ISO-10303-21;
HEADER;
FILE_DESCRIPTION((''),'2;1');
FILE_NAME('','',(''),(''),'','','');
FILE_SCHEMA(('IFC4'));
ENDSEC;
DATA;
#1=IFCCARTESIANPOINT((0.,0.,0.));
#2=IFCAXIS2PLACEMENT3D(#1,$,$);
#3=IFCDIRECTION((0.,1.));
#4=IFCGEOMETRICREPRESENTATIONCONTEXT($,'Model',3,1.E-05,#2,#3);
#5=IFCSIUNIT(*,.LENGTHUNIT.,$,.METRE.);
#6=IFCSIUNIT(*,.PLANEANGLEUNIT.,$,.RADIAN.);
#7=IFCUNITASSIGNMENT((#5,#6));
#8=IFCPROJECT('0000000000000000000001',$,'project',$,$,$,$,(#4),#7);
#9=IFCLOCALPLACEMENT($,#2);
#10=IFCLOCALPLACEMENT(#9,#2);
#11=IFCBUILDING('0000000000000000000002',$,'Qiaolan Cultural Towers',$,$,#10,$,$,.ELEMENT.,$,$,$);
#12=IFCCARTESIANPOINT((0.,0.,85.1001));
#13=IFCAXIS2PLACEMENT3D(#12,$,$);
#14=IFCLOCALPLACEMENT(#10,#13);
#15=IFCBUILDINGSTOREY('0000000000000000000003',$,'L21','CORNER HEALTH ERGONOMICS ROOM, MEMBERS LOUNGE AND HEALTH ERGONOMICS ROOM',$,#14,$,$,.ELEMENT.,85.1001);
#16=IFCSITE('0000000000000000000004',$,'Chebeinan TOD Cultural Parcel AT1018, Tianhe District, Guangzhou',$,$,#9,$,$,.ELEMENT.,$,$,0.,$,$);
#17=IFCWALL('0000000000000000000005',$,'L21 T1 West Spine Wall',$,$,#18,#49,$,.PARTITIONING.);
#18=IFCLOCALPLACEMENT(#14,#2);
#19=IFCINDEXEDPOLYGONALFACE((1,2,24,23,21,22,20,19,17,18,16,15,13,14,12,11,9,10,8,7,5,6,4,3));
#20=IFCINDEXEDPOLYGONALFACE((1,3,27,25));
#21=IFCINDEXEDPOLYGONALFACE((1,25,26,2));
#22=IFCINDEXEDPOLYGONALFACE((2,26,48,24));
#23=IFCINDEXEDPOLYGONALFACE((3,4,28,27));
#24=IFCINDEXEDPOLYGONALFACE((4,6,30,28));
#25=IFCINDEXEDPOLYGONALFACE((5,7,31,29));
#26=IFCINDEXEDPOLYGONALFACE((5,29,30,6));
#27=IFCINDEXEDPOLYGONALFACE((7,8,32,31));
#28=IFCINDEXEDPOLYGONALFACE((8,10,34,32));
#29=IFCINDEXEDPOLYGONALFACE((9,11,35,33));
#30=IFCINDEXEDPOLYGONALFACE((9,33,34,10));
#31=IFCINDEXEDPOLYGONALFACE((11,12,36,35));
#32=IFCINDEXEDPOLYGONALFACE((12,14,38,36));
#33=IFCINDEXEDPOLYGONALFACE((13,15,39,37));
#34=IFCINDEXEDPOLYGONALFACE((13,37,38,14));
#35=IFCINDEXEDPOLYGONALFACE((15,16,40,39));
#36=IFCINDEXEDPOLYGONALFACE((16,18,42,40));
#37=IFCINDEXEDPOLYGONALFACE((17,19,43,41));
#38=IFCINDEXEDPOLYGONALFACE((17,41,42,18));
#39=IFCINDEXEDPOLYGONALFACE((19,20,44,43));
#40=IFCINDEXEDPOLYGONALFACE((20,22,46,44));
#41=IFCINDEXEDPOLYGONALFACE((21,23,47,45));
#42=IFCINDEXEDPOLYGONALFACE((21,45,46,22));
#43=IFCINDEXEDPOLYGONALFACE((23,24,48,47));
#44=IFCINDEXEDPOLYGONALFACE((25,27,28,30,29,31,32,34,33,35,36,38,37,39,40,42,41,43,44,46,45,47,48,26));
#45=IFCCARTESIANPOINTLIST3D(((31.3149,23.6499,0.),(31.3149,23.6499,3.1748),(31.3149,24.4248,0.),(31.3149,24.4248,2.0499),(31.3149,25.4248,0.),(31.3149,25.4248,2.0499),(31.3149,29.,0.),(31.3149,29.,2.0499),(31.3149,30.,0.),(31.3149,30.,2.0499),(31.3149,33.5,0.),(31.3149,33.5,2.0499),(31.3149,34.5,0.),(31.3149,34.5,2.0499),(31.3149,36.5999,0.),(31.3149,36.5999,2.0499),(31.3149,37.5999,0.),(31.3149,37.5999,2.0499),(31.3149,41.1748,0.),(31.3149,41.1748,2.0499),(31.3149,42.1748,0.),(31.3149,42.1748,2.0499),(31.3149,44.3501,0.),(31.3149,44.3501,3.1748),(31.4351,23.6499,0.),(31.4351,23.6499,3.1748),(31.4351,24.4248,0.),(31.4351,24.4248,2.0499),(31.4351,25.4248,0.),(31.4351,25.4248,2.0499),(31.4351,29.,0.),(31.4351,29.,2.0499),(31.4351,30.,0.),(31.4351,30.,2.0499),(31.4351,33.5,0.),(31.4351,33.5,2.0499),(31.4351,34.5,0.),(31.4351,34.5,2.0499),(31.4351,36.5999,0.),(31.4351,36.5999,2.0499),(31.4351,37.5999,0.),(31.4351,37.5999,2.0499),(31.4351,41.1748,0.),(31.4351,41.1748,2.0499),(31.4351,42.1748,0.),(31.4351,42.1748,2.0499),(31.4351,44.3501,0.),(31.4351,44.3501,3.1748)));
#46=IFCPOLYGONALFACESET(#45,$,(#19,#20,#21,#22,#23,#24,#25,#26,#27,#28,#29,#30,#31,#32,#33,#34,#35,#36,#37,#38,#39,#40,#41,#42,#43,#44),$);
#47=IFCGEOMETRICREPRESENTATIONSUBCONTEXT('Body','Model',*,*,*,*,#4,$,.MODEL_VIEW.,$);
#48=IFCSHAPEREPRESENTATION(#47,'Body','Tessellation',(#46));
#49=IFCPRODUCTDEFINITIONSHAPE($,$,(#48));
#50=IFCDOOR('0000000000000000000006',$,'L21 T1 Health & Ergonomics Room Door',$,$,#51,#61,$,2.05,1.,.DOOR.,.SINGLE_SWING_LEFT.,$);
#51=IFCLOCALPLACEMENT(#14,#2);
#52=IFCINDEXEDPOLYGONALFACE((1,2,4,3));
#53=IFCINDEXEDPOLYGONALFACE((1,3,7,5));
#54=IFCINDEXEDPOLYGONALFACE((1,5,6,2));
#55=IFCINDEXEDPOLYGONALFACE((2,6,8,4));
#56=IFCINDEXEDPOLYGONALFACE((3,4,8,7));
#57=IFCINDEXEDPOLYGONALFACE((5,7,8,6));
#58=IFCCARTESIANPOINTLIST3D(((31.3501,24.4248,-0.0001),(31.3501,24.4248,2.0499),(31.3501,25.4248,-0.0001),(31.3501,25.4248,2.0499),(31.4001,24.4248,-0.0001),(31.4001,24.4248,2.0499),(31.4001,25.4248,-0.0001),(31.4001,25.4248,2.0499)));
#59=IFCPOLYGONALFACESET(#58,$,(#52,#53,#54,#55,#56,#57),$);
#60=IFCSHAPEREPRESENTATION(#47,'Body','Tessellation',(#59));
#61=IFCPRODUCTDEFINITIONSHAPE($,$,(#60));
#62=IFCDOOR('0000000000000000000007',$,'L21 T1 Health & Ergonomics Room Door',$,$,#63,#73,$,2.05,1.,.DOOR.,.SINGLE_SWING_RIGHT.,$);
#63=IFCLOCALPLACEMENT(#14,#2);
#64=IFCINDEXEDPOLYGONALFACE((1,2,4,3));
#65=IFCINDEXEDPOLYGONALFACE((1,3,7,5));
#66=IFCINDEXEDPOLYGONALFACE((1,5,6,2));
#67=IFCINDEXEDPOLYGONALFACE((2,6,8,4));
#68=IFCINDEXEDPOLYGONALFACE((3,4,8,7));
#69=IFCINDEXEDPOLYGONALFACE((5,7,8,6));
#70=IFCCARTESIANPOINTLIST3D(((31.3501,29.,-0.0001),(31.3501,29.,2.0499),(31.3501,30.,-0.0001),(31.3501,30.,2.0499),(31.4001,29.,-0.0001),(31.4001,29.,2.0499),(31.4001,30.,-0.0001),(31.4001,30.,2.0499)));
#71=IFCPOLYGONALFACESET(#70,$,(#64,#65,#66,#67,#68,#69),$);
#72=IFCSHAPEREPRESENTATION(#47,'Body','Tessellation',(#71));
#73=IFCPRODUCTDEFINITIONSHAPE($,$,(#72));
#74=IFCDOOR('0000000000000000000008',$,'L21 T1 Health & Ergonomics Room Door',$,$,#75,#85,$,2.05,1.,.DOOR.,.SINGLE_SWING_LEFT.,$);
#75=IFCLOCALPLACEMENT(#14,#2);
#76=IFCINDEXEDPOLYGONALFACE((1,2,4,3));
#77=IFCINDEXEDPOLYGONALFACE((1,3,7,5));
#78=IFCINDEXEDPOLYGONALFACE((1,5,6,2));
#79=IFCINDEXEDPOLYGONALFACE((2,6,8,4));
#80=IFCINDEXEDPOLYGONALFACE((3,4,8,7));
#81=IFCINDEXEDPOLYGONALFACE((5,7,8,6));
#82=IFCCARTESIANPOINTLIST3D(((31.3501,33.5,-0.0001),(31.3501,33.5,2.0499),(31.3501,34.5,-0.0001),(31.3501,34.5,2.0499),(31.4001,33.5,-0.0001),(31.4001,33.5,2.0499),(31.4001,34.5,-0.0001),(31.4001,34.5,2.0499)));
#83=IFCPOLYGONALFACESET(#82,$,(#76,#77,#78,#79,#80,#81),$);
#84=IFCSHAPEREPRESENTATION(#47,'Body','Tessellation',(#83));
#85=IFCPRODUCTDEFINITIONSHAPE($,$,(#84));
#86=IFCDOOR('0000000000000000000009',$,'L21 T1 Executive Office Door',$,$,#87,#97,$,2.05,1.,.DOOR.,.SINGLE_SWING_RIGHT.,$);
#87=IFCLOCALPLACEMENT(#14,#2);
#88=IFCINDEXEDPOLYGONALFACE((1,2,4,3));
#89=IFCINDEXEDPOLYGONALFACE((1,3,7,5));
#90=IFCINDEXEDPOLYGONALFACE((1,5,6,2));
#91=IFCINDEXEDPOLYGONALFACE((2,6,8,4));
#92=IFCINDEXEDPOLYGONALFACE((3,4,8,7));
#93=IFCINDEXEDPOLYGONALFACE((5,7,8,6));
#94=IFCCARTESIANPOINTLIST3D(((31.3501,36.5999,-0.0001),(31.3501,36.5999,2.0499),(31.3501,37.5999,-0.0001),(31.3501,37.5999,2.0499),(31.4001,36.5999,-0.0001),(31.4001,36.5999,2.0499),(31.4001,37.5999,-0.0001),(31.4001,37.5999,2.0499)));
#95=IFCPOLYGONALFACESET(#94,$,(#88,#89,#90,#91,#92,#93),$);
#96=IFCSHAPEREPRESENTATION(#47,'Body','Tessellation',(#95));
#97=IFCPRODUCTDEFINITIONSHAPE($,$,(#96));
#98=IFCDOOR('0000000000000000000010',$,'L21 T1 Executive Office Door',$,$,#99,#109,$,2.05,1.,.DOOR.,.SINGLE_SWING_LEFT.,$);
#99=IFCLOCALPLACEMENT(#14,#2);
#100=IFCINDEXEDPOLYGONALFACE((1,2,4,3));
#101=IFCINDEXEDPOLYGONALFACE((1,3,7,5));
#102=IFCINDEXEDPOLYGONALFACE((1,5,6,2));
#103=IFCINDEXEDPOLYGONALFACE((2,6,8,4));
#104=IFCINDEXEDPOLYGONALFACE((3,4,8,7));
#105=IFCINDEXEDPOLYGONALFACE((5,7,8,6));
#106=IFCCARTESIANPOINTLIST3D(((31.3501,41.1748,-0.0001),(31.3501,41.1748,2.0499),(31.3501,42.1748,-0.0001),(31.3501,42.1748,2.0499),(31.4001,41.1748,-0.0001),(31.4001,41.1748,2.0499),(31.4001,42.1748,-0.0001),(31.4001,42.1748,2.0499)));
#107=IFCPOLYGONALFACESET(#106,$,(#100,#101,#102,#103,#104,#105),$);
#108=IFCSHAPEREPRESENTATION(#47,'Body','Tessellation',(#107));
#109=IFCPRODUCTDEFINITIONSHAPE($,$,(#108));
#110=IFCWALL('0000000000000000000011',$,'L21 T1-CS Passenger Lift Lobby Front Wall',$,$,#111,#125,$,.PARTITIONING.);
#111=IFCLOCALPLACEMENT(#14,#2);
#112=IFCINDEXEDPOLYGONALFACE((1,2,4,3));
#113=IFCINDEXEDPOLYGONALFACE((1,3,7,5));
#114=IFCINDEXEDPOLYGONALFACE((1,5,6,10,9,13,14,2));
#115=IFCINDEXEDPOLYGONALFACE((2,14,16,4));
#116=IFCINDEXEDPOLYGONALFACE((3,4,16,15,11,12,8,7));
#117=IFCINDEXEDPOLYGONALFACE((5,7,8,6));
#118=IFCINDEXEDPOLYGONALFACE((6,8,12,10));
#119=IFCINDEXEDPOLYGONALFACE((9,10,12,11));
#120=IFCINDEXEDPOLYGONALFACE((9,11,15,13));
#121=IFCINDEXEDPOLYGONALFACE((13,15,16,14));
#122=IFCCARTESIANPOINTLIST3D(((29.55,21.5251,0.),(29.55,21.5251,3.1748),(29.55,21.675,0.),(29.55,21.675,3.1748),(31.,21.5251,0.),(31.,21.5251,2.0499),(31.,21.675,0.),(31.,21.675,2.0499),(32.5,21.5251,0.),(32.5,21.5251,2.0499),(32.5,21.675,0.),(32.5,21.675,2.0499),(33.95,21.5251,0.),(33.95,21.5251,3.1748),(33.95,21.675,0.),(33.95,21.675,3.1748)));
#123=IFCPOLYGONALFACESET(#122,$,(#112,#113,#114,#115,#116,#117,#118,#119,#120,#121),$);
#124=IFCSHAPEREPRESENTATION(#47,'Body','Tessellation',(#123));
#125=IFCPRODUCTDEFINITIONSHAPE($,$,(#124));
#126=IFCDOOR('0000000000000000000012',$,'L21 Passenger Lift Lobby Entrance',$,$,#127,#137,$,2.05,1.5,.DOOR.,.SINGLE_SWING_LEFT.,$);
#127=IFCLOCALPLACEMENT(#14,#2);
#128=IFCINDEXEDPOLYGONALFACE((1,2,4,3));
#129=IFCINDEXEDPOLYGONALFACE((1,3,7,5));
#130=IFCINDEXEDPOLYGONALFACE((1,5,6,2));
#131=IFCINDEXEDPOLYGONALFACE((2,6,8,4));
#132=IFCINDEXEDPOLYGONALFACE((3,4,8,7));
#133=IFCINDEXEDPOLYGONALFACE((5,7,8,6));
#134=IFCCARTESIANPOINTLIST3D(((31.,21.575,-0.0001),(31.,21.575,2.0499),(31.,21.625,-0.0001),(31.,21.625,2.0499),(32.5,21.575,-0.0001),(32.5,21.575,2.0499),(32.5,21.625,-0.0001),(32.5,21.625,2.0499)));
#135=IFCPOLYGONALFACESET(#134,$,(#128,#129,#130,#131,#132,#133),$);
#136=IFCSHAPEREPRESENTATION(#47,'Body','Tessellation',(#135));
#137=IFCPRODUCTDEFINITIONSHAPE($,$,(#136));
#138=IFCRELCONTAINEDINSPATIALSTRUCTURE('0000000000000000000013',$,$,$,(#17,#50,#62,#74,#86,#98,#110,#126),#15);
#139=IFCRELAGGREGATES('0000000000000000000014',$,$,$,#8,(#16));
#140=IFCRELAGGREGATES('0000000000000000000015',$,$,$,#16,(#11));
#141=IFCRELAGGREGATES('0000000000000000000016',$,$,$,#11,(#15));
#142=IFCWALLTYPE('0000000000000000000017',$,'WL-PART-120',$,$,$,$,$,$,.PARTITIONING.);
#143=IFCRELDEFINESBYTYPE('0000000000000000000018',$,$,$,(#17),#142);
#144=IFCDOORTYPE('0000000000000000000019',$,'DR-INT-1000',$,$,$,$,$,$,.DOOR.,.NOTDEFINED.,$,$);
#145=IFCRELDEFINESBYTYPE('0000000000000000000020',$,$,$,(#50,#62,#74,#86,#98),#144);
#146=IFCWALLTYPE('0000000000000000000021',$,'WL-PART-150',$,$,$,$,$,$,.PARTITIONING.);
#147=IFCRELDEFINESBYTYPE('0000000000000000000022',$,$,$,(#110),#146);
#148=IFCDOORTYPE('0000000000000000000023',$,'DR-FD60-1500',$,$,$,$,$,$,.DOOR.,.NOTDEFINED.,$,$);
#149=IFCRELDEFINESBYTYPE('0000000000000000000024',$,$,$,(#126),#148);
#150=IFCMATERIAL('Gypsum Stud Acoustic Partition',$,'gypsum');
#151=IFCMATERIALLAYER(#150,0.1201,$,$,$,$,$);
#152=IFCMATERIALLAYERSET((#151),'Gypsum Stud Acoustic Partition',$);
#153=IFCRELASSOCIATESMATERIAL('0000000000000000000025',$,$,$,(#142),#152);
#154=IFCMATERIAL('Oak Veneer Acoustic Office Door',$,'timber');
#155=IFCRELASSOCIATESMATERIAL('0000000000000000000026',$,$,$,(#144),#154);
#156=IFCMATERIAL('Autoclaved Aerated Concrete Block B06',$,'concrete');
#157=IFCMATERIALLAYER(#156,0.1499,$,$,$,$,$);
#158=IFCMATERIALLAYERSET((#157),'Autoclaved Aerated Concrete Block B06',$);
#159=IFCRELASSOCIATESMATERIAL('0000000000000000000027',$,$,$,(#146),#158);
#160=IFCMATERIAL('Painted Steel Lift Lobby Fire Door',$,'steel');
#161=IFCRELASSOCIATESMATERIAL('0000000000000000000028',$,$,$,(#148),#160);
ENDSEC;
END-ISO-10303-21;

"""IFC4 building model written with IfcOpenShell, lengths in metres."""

from ifc_helpers import new_model, si_unit, direction, frame, frame_2d, origin, place, context, subcontext, project, spatial, rectangle, extrude, material, layer, layer_set, type_object, element, fill, save


model = new_model("IFC4")

# Units and contexts
model_context = context("Model", 3, precision=1e-05, world=origin(), true_north=direction((0.0, 1.0)))
body_context = subcontext(model_context, "Body", "Model", "MODEL_VIEW")
ifc_project = project(units=[si_unit("LENGTHUNIT", "METRE"), si_unit("PLANEANGLEUNIT", "RADIAN")], contexts=[model_context])

# Site, building, storey
site_placement = place(None, origin())
site = spatial("IfcSite", under=ifc_project, at=site_placement, Name="Chebeinan TOD Cultural Parcel AT1018, Tianhe District, Guangzhou", CompositionType="ELEMENT", RefElevation=0.0)
building_placement = place(site_placement, origin())
building = spatial("IfcBuilding", under=site, at=building_placement, Name="Qiaolan Cultural Towers", CompositionType="ELEMENT")
storey_placement = place(building_placement, frame((0.0, 0.0, 85.1001)))
storey = spatial("IfcBuildingStorey", under=building, at=storey_placement, Name="L21", Description="CORNER HEALTH ERGONOMICS ROOM, MEMBERS LOUNGE AND HEALTH ERGONOMICS ROOM", CompositionType="ELEMENT", Elevation=85.1001)

# Wall, openings, doors
ifc_material_1 = material(Name="Gypsum Stud Acoustic Partition", Category="gypsum")
ifc_layer_1 = layer(ifc_material_1, 0.1201)
ifc_layer_set_1 = layer_set([ifc_layer_1], Name="Gypsum Stud Acoustic Partition")
wall_type_1 = type_object("IfcWallType", Name="WL-PART-120", PredefinedType="PARTITIONING", material=ifc_layer_set_1)
wall_1_placement = place(storey_placement, frame((31.375, 23.6499, 0.0), z_axis=(0.0, 0.0, 1.0), x_axis=(0.0, 1.0, 0.0)))
wall_1 = element("IfcWall", 1, at=wall_1_placement, inside=storey, type_object=wall_type_1, Name="L21 T1 West Spine Wall", PredefinedType="PARTITIONING", context=body_context, shape_type="SweptSolid", body=[
    extrude(rectangle(XDim=20.7002, YDim=0.1201, at=frame_2d((10.3501, 0.0))), origin(), (0.0, 0.0, 1.0), 3.1748),
])
opening_1_placement = place(wall_1_placement, frame((0.7749, 0.0, 0.0)))
opening_1 = element("IfcOpeningElement", 2, at=opening_1_placement, cuts=wall_1, PredefinedType="OPENING", context=body_context, shape_type="SweptSolid", body=[
    extrude(rectangle(XDim=1.0, YDim=2.05, at=frame_2d((0.5, 1.0249))), frame((0.0, 0.0701, 0.0), z_axis=(0.0, -1.0, 0.0), x_axis=(1.0, 0.0, 0.0)), (0.0, 0.0, 1.0), 0.1401),
])
opening_2_placement = place(wall_1_placement, frame((5.3501, 0.0, 0.0)))
opening_2 = element("IfcOpeningElement", 3, at=opening_2_placement, cuts=wall_1, PredefinedType="OPENING", context=body_context, shape_type="SweptSolid", body=[
    extrude(rectangle(XDim=1.0, YDim=2.05, at=frame_2d((0.5, 1.0249))), frame((0.0, 0.0701, 0.0), z_axis=(0.0, -1.0, 0.0), x_axis=(1.0, 0.0, 0.0)), (0.0, 0.0, 1.0), 0.1401),
])
opening_3_placement = place(wall_1_placement, frame((9.8501, 0.0, 0.0)))
opening_3 = element("IfcOpeningElement", 4, at=opening_3_placement, cuts=wall_1, PredefinedType="OPENING", context=body_context, shape_type="SweptSolid", body=[
    extrude(rectangle(XDim=1.0, YDim=2.05, at=frame_2d((0.5, 1.0249))), frame((0.0, 0.0701, 0.0), z_axis=(0.0, -1.0, 0.0), x_axis=(1.0, 0.0, 0.0)), (0.0, 0.0, 1.0), 0.1401),
])
opening_4_placement = place(wall_1_placement, frame((12.95, 0.0, 0.0)))
opening_4 = element("IfcOpeningElement", 5, at=opening_4_placement, cuts=wall_1, PredefinedType="OPENING", context=body_context, shape_type="SweptSolid", body=[
    extrude(rectangle(XDim=1.0, YDim=2.05, at=frame_2d((0.5, 1.0249))), frame((0.0, 0.0701, 0.0), z_axis=(0.0, -1.0, 0.0), x_axis=(1.0, 0.0, 0.0)), (0.0, 0.0, 1.0), 0.1401),
])
opening_5_placement = place(wall_1_placement, frame((17.5249, 0.0, 0.0)))
opening_5 = element("IfcOpeningElement", 6, at=opening_5_placement, cuts=wall_1, PredefinedType="OPENING", context=body_context, shape_type="SweptSolid", body=[
    extrude(rectangle(XDim=1.0, YDim=2.05, at=frame_2d((0.5, 1.0249))), frame((0.0, 0.0701, 0.0), z_axis=(0.0, -1.0, 0.0), x_axis=(1.0, 0.0, 0.0)), (0.0, 0.0, 1.0), 0.1401),
])
ifc_material_2 = material(Name="Oak Veneer Acoustic Office Door", Category="timber")
door_type_1 = type_object("IfcDoorType", Name="DR-INT-1000", OperationType="NOTDEFINED", PredefinedType="DOOR", material=ifc_material_2)
door_1_placement = place(opening_1_placement, origin())
door_1 = element("IfcDoor", 7, at=door_1_placement, inside=storey, type_object=door_type_1, Name="L21 T1 Health & Ergonomics Room Door", OperationType="SINGLE_SWING_LEFT", OverallHeight=2.05, OverallWidth=1.0, PredefinedType="DOOR", context=body_context, shape_type="SweptSolid", body=[
    extrude(rectangle(XDim=1.0, YDim=2.05, at=frame_2d((0.5, 1.0249))), frame((0.0, 0.0249, 0.0), z_axis=(0.0, -1.0, 0.0), x_axis=(1.0, 0.0, 0.0)), (0.0, 0.0, 1.0), 0.05),
])
fill(opening_1, door_1)
door_2_placement = place(opening_2_placement, origin())
door_2 = element("IfcDoor", 8, at=door_2_placement, inside=storey, type_object=door_type_1, Name="L21 T1 Health & Ergonomics Room Door", OperationType="SINGLE_SWING_RIGHT", OverallHeight=2.05, OverallWidth=1.0, PredefinedType="DOOR", context=body_context, shape_type="SweptSolid", body=[
    extrude(rectangle(XDim=1.0, YDim=2.05, at=frame_2d((0.5, 1.0249))), frame((0.0, 0.0249, 0.0), z_axis=(0.0, -1.0, 0.0), x_axis=(1.0, 0.0, 0.0)), (0.0, 0.0, 1.0), 0.05),
])
fill(opening_2, door_2)
door_3_placement = place(opening_3_placement, origin())
door_3 = element("IfcDoor", 9, at=door_3_placement, inside=storey, type_object=door_type_1, Name="L21 T1 Health & Ergonomics Room Door", OperationType="SINGLE_SWING_LEFT", OverallHeight=2.05, OverallWidth=1.0, PredefinedType="DOOR", context=body_context, shape_type="SweptSolid", body=[
    extrude(rectangle(XDim=1.0, YDim=2.05, at=frame_2d((0.5, 1.0249))), frame((0.0, 0.0249, 0.0), z_axis=(0.0, -1.0, 0.0), x_axis=(1.0, 0.0, 0.0)), (0.0, 0.0, 1.0), 0.05),
])
fill(opening_3, door_3)
door_4_placement = place(opening_4_placement, origin())
door_4 = element("IfcDoor", 10, at=door_4_placement, inside=storey, type_object=door_type_1, Name="L21 T1 Executive Office Door", OperationType="SINGLE_SWING_RIGHT", OverallHeight=2.05, OverallWidth=1.0, PredefinedType="DOOR", context=body_context, shape_type="SweptSolid", body=[
    extrude(rectangle(XDim=1.0, YDim=2.05, at=frame_2d((0.5, 1.0249))), frame((0.0, 0.0249, 0.0), z_axis=(0.0, -1.0, 0.0), x_axis=(1.0, 0.0, 0.0)), (0.0, 0.0, 1.0), 0.05),
])
fill(opening_4, door_4)
door_5_placement = place(opening_5_placement, origin())
door_5 = element("IfcDoor", 11, at=door_5_placement, inside=storey, type_object=door_type_1, Name="L21 T1 Executive Office Door", OperationType="SINGLE_SWING_LEFT", OverallHeight=2.05, OverallWidth=1.0, PredefinedType="DOOR", context=body_context, shape_type="SweptSolid", body=[
    extrude(rectangle(XDim=1.0, YDim=2.05, at=frame_2d((0.5, 1.0249))), frame((0.0, 0.0249, 0.0), z_axis=(0.0, -1.0, 0.0), x_axis=(1.0, 0.0, 0.0)), (0.0, 0.0, 1.0), 0.05),
])
fill(opening_5, door_5)

# Wall, opening, door
ifc_material_3 = material(Name="Autoclaved Aerated Concrete Block B06", Category="concrete")
ifc_layer_2 = layer(ifc_material_3, 0.1499)
ifc_layer_set_2 = layer_set([ifc_layer_2], Name="Autoclaved Aerated Concrete Block B06")
wall_type_2 = type_object("IfcWallType", Name="WL-PART-150", PredefinedType="PARTITIONING", material=ifc_layer_set_2)
wall_2_placement = place(storey_placement, frame((29.55, 21.6001, 0.0), z_axis=(0.0, 0.0, 1.0), x_axis=(1.0, 0.0, 0.0)))
wall_2 = element("IfcWall", 12, at=wall_2_placement, inside=storey, type_object=wall_type_2, Name="L21 T1-CS Passenger Lift Lobby Front Wall", PredefinedType="PARTITIONING", context=body_context, shape_type="SweptSolid", body=[
    extrude(rectangle(XDim=4.3999, YDim=0.1499, at=frame_2d((2.2, 0.0))), origin(), (0.0, 0.0, 1.0), 3.1748),
])
opening_6_placement = place(wall_2_placement, frame((1.45, 0.0, 0.0)))
opening_6 = element("IfcOpeningElement", 13, at=opening_6_placement, cuts=wall_2, PredefinedType="OPENING", context=body_context, shape_type="SweptSolid", body=[
    extrude(rectangle(XDim=1.5, YDim=2.05, at=frame_2d((0.75, 1.0249))), frame((0.0, 0.085, 0.0), z_axis=(0.0, -1.0, 0.0), x_axis=(1.0, 0.0, 0.0)), (0.0, 0.0, 1.0), 0.1699),
])
ifc_material_4 = material(Name="Painted Steel Lift Lobby Fire Door", Category="steel")
door_type_2 = type_object("IfcDoorType", Name="DR-FD60-1500", OperationType="NOTDEFINED", PredefinedType="DOOR", material=ifc_material_4)
door_6_placement = place(opening_6_placement, origin())
door_6 = element("IfcDoor", 14, at=door_6_placement, inside=storey, type_object=door_type_2, Name="L21 Passenger Lift Lobby Entrance", OperationType="SINGLE_SWING_LEFT", OverallHeight=2.05, OverallWidth=1.5, PredefinedType="DOOR", context=body_context, shape_type="SweptSolid", body=[
    extrude(rectangle(XDim=1.5, YDim=2.05, at=frame_2d((0.75, 1.0249))), frame((0.0, 0.0249, 0.0), z_axis=(0.0, -1.0, 0.0), x_axis=(1.0, 0.0, 0.0)), (0.0, 0.0, 1.0), 0.05),
])
fill(opening_6, door_6)

save(model, "model.ifc")
